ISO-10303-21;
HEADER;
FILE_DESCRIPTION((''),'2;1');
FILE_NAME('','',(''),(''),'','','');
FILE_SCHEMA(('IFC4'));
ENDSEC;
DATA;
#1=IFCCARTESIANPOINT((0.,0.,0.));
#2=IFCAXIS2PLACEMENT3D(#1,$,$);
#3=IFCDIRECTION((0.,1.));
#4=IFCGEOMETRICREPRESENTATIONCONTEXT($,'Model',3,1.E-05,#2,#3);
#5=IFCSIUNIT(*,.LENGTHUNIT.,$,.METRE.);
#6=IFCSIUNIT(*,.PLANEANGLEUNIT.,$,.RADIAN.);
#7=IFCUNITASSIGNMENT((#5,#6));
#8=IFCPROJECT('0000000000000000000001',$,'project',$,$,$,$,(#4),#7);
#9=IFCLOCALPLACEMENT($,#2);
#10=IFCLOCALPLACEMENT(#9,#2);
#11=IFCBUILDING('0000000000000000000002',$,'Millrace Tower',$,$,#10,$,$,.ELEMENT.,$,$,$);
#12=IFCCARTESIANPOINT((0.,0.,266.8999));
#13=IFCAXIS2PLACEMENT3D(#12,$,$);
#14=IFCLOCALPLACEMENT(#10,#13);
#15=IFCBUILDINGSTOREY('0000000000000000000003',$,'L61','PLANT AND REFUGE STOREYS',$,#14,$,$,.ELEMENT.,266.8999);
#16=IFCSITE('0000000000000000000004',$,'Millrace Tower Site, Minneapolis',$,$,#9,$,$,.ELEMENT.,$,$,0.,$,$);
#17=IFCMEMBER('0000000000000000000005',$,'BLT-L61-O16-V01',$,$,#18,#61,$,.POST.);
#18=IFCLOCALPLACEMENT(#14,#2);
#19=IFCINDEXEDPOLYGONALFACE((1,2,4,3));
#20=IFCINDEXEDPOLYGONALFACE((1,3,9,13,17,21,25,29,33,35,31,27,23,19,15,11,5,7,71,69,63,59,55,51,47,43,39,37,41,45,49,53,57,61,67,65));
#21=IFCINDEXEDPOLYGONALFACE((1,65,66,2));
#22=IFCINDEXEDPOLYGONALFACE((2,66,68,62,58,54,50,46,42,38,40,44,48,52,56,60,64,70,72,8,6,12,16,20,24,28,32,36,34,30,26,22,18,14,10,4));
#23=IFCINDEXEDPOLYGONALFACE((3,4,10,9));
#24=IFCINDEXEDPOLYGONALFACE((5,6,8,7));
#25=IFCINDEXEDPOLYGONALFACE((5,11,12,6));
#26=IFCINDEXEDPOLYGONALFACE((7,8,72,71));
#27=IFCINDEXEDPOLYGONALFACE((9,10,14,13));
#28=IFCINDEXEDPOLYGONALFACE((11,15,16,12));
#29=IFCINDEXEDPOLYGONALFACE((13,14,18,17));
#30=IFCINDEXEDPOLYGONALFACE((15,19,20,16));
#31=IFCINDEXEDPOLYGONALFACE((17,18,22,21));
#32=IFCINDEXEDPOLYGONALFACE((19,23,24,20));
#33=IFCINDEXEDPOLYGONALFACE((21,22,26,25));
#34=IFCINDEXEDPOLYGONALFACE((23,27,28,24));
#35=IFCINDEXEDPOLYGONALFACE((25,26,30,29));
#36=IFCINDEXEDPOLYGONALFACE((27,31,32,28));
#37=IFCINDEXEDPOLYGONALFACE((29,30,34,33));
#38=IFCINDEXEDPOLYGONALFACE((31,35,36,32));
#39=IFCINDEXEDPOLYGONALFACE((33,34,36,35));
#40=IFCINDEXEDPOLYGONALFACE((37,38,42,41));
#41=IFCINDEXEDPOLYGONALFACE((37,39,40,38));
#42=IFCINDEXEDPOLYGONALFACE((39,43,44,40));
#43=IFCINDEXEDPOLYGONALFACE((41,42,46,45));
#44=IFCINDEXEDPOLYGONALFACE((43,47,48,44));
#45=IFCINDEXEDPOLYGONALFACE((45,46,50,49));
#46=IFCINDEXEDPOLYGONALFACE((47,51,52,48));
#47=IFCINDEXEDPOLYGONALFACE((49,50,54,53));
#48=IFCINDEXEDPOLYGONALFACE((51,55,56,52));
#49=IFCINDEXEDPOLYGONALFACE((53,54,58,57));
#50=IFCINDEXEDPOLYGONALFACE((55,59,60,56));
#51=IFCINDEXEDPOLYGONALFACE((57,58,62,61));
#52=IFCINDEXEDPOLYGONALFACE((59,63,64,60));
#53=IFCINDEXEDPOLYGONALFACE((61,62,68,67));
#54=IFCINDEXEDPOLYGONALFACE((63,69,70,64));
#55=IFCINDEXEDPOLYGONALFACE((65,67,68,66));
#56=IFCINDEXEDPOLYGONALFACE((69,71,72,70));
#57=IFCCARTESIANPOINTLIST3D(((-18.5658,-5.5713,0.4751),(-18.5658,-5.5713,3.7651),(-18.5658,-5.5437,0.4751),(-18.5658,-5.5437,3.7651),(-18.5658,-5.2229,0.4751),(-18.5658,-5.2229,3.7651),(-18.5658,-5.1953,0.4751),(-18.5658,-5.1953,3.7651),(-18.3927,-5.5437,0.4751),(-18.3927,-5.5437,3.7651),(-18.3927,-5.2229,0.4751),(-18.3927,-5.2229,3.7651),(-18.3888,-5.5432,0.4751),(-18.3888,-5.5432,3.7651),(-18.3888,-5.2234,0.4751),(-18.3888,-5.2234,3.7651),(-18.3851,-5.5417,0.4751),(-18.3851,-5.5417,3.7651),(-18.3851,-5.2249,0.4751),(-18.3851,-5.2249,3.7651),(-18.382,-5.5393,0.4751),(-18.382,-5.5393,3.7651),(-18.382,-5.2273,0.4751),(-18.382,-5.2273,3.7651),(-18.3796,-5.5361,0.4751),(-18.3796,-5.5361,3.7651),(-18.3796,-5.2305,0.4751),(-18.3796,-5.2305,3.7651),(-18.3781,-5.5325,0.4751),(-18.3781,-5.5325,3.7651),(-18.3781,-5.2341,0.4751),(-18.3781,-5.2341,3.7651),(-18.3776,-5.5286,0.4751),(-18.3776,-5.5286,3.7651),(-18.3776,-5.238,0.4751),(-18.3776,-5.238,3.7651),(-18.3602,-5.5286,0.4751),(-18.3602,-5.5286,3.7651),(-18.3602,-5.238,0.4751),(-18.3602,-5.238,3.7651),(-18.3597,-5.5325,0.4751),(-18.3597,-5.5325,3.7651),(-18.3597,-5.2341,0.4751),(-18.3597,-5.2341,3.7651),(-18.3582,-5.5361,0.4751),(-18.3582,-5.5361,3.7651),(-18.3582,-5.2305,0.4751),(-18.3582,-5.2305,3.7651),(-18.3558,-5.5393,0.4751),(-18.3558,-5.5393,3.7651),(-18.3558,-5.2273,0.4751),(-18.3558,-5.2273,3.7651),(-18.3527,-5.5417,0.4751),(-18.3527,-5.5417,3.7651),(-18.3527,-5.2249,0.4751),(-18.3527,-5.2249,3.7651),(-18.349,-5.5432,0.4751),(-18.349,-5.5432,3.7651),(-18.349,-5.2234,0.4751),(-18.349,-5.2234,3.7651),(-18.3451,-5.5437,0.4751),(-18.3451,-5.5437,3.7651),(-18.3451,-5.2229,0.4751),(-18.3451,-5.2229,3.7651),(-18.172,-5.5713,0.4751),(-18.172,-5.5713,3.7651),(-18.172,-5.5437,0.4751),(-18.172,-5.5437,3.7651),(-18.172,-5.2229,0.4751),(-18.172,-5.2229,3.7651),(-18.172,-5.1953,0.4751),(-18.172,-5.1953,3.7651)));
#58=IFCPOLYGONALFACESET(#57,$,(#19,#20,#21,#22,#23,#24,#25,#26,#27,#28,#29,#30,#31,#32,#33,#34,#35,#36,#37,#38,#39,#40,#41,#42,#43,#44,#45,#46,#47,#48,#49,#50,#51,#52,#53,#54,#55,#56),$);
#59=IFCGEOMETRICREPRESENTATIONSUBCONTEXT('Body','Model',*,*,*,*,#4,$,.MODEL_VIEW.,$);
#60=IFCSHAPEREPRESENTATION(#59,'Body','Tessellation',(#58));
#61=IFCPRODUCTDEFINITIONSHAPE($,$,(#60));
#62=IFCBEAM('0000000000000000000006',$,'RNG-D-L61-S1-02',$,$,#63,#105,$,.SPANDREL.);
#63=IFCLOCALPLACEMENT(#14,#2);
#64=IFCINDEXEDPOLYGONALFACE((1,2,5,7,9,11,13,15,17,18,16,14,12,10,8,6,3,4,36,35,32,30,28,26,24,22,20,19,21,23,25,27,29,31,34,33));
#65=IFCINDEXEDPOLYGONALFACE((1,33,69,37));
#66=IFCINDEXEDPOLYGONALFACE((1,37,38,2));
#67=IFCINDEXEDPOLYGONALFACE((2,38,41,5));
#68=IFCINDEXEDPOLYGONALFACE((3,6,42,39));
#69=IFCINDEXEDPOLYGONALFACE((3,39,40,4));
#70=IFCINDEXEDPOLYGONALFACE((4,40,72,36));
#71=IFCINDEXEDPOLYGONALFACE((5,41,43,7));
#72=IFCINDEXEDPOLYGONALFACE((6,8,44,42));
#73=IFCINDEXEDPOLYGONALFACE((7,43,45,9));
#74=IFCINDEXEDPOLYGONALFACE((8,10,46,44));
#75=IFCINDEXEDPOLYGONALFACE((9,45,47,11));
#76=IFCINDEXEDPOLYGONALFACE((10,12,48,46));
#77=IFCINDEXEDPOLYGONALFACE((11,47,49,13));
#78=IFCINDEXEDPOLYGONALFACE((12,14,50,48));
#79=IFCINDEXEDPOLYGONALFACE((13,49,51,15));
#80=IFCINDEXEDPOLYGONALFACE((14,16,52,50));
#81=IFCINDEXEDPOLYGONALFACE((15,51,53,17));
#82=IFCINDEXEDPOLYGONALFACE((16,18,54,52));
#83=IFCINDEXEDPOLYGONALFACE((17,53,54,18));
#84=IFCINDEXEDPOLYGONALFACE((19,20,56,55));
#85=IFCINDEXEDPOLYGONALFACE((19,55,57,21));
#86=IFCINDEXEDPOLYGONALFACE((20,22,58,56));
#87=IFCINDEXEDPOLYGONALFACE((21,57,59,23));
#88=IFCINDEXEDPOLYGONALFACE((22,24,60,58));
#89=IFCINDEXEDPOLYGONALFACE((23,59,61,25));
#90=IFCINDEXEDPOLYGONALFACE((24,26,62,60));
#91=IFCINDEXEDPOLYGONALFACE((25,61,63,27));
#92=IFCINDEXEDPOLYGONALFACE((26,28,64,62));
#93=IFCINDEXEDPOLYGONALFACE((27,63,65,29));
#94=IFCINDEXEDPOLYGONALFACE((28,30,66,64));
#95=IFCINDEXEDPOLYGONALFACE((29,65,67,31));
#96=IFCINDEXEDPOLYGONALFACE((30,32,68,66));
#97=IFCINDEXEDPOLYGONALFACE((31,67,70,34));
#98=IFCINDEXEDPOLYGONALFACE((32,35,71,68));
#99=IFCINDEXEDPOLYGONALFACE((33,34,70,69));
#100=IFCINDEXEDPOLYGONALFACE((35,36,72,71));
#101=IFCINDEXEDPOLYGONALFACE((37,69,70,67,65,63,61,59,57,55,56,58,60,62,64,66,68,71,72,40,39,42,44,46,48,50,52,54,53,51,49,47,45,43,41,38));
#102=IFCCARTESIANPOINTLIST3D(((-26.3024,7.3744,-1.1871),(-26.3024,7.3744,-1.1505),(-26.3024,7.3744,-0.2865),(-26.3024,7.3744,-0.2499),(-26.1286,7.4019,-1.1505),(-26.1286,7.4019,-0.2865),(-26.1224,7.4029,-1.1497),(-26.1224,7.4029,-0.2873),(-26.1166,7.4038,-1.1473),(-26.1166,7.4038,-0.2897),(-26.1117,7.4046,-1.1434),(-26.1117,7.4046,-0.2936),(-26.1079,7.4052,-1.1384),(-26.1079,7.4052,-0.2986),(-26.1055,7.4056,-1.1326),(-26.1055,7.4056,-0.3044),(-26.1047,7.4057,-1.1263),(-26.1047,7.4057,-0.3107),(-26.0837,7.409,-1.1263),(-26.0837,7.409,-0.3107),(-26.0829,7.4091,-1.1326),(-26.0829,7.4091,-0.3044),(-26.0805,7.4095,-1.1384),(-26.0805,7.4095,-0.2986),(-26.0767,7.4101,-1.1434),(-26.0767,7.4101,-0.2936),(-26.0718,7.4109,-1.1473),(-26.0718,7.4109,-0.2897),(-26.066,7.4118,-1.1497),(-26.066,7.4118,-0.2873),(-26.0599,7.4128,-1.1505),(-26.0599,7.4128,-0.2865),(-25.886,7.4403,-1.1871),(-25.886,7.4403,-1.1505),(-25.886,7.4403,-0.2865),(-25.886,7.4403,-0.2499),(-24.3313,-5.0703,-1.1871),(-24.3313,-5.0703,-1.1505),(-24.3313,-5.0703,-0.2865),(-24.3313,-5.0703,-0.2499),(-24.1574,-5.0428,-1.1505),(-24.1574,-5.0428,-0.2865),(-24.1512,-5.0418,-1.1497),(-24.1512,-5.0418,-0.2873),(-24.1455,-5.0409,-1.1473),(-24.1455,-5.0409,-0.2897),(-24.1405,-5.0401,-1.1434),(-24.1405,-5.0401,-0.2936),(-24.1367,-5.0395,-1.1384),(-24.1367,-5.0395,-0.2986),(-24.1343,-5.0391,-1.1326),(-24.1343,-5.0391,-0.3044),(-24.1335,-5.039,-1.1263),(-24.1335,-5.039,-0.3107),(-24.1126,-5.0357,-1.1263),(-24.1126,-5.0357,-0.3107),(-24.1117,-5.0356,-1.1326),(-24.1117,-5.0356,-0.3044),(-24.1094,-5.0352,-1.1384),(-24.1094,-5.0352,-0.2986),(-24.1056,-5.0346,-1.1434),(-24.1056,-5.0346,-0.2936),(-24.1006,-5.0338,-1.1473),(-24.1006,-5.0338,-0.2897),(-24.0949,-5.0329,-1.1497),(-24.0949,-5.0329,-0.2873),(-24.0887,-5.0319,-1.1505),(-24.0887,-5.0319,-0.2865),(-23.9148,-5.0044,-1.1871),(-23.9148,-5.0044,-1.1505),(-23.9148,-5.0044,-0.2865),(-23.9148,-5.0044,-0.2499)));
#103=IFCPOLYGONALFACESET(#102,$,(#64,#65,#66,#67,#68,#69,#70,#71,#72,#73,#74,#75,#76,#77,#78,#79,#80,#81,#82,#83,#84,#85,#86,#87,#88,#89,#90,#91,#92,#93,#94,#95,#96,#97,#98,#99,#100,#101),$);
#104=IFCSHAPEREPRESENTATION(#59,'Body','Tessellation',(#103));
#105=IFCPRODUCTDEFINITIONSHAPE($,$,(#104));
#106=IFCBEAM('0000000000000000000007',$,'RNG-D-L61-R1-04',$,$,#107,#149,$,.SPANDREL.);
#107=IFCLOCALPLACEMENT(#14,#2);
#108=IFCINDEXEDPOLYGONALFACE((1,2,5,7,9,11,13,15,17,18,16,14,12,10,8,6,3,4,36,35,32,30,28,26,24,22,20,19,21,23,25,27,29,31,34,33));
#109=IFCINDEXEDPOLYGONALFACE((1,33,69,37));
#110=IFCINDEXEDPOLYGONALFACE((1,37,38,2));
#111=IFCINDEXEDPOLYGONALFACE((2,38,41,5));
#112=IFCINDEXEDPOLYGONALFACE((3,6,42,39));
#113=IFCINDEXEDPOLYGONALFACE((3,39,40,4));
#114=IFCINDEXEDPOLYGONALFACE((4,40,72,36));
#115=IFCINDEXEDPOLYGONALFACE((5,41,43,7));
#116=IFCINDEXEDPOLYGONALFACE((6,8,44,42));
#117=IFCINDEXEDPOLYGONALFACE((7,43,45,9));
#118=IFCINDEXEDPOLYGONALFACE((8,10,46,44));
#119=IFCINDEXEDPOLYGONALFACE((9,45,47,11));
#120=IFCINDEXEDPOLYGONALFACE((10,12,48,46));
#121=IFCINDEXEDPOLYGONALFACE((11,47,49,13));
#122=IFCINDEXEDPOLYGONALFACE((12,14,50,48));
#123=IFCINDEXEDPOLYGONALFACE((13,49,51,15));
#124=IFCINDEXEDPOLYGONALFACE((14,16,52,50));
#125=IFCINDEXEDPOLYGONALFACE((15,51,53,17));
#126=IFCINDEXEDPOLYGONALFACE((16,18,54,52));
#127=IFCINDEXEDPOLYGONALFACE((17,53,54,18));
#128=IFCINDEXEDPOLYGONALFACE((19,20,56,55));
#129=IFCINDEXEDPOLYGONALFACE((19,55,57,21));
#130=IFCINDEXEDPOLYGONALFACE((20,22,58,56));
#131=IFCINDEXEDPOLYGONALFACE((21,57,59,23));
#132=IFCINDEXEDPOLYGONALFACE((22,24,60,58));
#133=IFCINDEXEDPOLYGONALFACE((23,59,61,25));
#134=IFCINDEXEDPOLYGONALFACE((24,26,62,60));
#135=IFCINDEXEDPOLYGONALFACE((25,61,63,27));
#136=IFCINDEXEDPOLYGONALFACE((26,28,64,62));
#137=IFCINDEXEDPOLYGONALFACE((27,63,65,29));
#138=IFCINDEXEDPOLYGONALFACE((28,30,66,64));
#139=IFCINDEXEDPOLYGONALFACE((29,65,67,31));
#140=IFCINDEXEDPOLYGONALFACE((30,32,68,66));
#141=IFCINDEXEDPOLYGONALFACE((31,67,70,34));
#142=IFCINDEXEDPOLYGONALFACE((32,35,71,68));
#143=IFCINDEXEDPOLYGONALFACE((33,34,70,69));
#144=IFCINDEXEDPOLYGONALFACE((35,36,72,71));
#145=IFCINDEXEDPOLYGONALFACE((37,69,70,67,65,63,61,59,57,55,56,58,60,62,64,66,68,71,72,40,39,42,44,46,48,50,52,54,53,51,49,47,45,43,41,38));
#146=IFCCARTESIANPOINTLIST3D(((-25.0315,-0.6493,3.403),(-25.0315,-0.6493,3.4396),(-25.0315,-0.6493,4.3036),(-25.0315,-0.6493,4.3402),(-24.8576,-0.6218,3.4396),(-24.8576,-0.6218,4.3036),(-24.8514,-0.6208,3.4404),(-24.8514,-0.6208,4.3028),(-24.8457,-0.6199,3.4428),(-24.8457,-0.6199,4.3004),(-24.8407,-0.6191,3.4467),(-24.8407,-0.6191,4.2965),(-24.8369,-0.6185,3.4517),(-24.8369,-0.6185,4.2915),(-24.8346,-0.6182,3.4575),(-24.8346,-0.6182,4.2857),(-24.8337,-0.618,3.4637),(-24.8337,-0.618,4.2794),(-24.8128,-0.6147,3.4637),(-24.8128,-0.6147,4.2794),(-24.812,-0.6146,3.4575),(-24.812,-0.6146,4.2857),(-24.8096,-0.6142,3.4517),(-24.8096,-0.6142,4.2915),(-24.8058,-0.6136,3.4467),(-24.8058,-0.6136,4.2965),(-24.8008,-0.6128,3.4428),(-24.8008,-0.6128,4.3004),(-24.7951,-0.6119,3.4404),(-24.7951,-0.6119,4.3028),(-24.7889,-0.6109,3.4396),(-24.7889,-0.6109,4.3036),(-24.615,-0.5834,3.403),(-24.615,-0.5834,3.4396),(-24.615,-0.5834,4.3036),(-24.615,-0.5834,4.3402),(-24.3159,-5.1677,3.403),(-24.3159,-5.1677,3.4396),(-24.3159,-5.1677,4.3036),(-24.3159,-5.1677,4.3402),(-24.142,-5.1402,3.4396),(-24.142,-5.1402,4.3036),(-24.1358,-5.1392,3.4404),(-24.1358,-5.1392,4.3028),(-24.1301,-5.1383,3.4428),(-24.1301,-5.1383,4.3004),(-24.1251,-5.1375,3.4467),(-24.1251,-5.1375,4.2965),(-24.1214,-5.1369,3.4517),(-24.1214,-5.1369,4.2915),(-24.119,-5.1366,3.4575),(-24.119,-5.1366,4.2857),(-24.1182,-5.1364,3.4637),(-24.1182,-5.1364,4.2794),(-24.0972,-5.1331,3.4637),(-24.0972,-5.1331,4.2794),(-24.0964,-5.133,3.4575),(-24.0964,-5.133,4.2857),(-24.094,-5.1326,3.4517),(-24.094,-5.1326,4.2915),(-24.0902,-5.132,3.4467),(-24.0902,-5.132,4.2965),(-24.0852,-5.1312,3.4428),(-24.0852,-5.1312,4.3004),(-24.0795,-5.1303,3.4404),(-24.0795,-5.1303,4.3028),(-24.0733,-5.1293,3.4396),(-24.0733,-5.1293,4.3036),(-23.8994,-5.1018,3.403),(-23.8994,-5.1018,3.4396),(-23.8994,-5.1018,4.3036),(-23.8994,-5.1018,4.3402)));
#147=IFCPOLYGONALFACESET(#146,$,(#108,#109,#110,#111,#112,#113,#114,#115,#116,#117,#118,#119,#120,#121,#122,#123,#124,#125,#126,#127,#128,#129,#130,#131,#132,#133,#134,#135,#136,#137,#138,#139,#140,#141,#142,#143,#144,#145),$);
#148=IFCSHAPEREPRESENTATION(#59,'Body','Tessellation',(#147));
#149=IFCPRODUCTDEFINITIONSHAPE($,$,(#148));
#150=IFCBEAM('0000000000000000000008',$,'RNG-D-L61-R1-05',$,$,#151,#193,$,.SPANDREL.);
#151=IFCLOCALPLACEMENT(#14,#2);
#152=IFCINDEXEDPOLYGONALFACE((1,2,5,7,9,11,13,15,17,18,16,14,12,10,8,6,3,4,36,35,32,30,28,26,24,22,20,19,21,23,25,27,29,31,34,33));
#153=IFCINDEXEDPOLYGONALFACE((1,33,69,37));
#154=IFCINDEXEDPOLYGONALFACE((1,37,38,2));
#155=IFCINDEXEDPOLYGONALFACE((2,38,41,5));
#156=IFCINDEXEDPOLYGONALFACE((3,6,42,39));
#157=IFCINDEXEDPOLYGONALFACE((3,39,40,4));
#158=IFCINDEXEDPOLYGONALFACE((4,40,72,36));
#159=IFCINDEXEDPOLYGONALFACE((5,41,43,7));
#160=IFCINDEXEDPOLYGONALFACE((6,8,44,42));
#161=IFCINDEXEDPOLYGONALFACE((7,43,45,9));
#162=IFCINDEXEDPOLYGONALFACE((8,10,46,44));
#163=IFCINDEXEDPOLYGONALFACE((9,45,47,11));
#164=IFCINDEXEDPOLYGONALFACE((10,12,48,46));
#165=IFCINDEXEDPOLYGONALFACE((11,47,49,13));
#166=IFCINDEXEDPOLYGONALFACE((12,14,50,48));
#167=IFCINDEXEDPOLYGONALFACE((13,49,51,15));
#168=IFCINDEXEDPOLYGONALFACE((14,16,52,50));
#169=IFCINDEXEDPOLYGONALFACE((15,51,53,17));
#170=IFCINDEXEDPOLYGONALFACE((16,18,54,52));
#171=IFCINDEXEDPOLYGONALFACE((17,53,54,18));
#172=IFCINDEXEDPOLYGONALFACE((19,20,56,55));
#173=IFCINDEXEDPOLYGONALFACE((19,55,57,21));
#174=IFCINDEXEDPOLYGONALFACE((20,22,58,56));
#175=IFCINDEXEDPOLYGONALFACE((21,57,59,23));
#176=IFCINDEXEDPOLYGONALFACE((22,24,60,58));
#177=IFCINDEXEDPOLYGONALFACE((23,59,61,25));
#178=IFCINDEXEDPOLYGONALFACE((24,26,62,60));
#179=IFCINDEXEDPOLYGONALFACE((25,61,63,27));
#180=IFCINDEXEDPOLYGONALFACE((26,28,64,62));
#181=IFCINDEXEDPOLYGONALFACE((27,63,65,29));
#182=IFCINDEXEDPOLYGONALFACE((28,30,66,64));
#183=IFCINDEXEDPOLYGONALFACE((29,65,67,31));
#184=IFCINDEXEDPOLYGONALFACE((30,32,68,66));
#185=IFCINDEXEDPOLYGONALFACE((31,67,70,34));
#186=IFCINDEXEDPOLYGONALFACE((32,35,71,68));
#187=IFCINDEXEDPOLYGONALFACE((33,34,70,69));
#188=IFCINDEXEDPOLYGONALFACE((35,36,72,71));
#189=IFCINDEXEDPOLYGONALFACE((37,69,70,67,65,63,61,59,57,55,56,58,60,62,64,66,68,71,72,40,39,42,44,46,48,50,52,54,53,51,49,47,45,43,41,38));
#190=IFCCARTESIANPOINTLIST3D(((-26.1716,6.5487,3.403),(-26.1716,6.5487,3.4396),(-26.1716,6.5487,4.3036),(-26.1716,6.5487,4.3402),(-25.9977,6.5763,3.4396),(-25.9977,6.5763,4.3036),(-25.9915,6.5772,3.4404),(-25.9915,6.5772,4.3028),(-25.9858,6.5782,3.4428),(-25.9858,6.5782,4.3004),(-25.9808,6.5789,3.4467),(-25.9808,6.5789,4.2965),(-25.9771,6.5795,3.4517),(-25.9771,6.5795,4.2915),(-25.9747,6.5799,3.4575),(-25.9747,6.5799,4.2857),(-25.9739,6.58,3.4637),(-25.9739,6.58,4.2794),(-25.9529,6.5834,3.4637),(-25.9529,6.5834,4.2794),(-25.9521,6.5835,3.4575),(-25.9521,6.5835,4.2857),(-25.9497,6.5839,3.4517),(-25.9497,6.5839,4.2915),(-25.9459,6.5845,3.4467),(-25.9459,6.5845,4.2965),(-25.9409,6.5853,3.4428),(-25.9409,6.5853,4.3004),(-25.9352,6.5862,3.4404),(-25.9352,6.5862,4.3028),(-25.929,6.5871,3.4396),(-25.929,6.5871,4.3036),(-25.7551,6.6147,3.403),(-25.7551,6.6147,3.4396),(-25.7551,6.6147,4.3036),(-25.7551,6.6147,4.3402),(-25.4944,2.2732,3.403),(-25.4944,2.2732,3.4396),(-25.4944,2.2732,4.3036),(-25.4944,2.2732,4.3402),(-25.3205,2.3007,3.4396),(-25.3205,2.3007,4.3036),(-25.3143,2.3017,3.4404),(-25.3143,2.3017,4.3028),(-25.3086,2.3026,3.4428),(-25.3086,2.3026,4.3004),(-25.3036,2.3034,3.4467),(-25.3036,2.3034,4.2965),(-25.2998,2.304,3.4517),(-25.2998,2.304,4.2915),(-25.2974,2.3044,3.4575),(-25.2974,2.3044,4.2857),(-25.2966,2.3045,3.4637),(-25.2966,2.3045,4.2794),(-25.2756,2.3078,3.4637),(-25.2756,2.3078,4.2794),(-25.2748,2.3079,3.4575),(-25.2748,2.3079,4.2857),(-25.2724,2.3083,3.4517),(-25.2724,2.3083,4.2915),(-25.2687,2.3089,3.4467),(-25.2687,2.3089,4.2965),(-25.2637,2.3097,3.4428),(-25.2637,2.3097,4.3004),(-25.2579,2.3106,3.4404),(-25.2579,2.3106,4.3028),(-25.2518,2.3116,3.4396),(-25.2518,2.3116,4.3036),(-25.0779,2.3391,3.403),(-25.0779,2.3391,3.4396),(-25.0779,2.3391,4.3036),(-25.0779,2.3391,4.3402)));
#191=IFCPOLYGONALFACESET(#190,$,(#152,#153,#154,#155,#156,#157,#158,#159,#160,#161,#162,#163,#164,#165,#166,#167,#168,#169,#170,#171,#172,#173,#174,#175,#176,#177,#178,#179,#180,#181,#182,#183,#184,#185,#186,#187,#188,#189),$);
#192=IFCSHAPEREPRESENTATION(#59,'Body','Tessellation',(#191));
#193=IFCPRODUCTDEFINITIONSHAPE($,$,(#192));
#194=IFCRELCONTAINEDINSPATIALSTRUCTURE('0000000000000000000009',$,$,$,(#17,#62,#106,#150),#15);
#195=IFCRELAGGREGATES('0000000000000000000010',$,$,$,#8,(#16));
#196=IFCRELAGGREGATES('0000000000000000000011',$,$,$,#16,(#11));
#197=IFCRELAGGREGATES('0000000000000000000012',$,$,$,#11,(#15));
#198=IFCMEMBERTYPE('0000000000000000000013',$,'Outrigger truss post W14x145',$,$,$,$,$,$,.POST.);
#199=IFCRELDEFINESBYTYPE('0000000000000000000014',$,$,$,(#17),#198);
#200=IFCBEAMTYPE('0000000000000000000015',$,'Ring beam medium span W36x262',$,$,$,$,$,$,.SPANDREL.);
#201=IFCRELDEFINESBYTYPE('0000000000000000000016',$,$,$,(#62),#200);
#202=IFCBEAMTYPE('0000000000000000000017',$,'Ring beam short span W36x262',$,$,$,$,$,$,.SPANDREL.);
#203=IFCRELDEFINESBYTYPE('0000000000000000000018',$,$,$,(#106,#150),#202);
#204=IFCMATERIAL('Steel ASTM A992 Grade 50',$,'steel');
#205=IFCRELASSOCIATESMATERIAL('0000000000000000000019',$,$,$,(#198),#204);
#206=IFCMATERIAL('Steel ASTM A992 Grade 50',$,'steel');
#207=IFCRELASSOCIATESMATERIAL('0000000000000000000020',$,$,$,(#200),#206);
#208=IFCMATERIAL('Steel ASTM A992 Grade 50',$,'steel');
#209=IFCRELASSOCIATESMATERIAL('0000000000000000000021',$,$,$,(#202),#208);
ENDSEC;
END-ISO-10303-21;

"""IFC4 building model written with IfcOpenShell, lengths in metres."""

from ifc_helpers import new_model, si_unit, direction, frame, origin, origin_2d, place, context, subcontext, project, spatial, i_section, extrude, material, material_profile, profile_set, type_object, element, save


model = new_model("IFC4")

# Units and contexts
model_context = context("Model", 3, precision=1e-05, world=origin(), true_north=direction((0.0, 1.0)))
body_context = subcontext(model_context, "Body", "Model", "MODEL_VIEW")
ifc_project = project(units=[si_unit("LENGTHUNIT", "METRE"), si_unit("PLANEANGLEUNIT", "RADIAN")], contexts=[model_context])

# Site, building, storey
site_placement = place(None, origin())
site = spatial("IfcSite", under=ifc_project, at=site_placement, Name="Millrace Tower Site, Minneapolis", CompositionType="ELEMENT", RefElevation=0.0)
building_placement = place(site_placement, origin())
building = spatial("IfcBuilding", under=site, at=building_placement, Name="Millrace Tower", CompositionType="ELEMENT")
storey_placement = place(building_placement, frame((0.0, 0.0, 266.8999)))
storey = spatial("IfcBuildingStorey", under=building, at=storey_placement, Name="L61", Description="PLANT AND REFUGE STOREYS", CompositionType="ELEMENT", Elevation=266.8999)

# Member
ifc_material_1 = material(Name="Steel ASTM A992 Grade 50", Category="steel")
ifc_material_profile_1 = material_profile(ifc_material_1, i_section(OverallWidth=0.3938, OverallDepth=0.376, WebThickness=0.0173, FlangeThickness=0.0276, FilletRadius=0.0151, at=origin_2d()))
ifc_profile_set_1 = profile_set([ifc_material_profile_1], Name="Steel ASTM A992 Grade 50")
member_type_1 = type_object("IfcMemberType", Name="Outrigger truss post W14x145", PredefinedType="POST", material=ifc_profile_set_1)
member_1_placement = place(storey_placement, frame((-18.3689, -5.3833, 0.4751), z_axis=(0.0, 0.0, 1.0), x_axis=(1.0, 0.0, 0.0)))
element("IfcMember", 1, at=member_1_placement, inside=storey, type_object=member_type_1, Name="BLT-L61-O16-V01", PredefinedType="POST", context=body_context, shape_type="SweptSolid", body=[
    extrude(i_section(OverallWidth=0.3938, OverallDepth=0.376, WebThickness=0.0173, FlangeThickness=0.0276, FilletRadius=0.0151, at=origin_2d()), origin(), (0.0, 0.0, 1.0), 3.29),
])

# Beams
ifc_material_2 = material(Name="Steel ASTM A992 Grade 50", Category="steel")
ifc_material_profile_2 = material_profile(ifc_material_2, i_section(OverallWidth=0.4216, OverallDepth=0.9373, WebThickness=0.0212, FlangeThickness=0.0366, FilletRadius=0.0242, at=origin_2d()))
ifc_profile_set_2 = profile_set([ifc_material_profile_2], Name="Steel ASTM A992 Grade 50")
beam_type_1 = type_object("IfcBeamType", Name="Ring beam medium span W36x262", PredefinedType="SPANDREL", material=ifc_profile_set_2)
beam_1_placement = place(storey_placement, frame((-24.123, -5.0374, -0.7185), z_axis=(-0.156444, 0.987687, 0.0), x_axis=(-0.987687, -0.156444, 0.0)))
element("IfcBeam", 2, at=beam_1_placement, inside=storey, type_object=beam_type_1, Name="RNG-D-L61-S1-02", PredefinedType="SPANDREL", context=body_context, shape_type="SweptSolid", body=[
    extrude(i_section(OverallWidth=0.4216, OverallDepth=0.9373, WebThickness=0.0212, FlangeThickness=0.0366, FilletRadius=0.0242, at=origin_2d()), origin(), (0.0, 0.0, 1.0), 12.5999),
])
ifc_material_3 = material(Name="Steel ASTM A992 Grade 50", Category="steel")
ifc_material_profile_3 = material_profile(ifc_material_3, i_section(OverallWidth=0.4216, OverallDepth=0.9373, WebThickness=0.0212, FlangeThickness=0.0366, FilletRadius=0.0242, at=origin_2d()))
ifc_profile_set_3 = profile_set([ifc_material_profile_3], Name="Steel ASTM A992 Grade 50")
beam_type_2 = type_object("IfcBeamType", Name="Ring beam short span W36x262", PredefinedType="SPANDREL", material=ifc_profile_set_3)
beam_2_placement = place(storey_placement, frame((-24.1077, -5.1348, 3.8716), z_axis=(-0.156423, 0.98769, 0.0), x_axis=(-0.98769, -0.156423, 0.0)))
element("IfcBeam", 3, at=beam_2_placement, inside=storey, type_object=beam_type_2, Name="RNG-D-L61-R1-04", PredefinedType="SPANDREL", context=body_context, shape_type="SweptSolid", body=[
    extrude(i_section(OverallWidth=0.4216, OverallDepth=0.9373, WebThickness=0.0212, FlangeThickness=0.0366, FilletRadius=0.0242, at=origin_2d()), origin(), (0.0, 0.0, 1.0), 4.5747),
])
beam_3_placement = place(storey_placement, frame((-25.2861, 2.3062, 3.8716), z_axis=(-0.156446, 0.987686, 0.0), x_axis=(-0.987686, -0.156446, 0.0)))
element("IfcBeam", 4, at=beam_3_placement, inside=storey, type_object=beam_type_2, Name="RNG-D-L61-R1-05", PredefinedType="SPANDREL", context=body_context, shape_type="SweptSolid", body=[
    extrude(i_section(OverallWidth=0.4216, OverallDepth=0.9373, WebThickness=0.0212, FlangeThickness=0.0366, FilletRadius=0.0242, at=origin_2d()), origin(), (0.0, 0.0, 1.0), 4.3289),
])

save(model, "model.ifc")
